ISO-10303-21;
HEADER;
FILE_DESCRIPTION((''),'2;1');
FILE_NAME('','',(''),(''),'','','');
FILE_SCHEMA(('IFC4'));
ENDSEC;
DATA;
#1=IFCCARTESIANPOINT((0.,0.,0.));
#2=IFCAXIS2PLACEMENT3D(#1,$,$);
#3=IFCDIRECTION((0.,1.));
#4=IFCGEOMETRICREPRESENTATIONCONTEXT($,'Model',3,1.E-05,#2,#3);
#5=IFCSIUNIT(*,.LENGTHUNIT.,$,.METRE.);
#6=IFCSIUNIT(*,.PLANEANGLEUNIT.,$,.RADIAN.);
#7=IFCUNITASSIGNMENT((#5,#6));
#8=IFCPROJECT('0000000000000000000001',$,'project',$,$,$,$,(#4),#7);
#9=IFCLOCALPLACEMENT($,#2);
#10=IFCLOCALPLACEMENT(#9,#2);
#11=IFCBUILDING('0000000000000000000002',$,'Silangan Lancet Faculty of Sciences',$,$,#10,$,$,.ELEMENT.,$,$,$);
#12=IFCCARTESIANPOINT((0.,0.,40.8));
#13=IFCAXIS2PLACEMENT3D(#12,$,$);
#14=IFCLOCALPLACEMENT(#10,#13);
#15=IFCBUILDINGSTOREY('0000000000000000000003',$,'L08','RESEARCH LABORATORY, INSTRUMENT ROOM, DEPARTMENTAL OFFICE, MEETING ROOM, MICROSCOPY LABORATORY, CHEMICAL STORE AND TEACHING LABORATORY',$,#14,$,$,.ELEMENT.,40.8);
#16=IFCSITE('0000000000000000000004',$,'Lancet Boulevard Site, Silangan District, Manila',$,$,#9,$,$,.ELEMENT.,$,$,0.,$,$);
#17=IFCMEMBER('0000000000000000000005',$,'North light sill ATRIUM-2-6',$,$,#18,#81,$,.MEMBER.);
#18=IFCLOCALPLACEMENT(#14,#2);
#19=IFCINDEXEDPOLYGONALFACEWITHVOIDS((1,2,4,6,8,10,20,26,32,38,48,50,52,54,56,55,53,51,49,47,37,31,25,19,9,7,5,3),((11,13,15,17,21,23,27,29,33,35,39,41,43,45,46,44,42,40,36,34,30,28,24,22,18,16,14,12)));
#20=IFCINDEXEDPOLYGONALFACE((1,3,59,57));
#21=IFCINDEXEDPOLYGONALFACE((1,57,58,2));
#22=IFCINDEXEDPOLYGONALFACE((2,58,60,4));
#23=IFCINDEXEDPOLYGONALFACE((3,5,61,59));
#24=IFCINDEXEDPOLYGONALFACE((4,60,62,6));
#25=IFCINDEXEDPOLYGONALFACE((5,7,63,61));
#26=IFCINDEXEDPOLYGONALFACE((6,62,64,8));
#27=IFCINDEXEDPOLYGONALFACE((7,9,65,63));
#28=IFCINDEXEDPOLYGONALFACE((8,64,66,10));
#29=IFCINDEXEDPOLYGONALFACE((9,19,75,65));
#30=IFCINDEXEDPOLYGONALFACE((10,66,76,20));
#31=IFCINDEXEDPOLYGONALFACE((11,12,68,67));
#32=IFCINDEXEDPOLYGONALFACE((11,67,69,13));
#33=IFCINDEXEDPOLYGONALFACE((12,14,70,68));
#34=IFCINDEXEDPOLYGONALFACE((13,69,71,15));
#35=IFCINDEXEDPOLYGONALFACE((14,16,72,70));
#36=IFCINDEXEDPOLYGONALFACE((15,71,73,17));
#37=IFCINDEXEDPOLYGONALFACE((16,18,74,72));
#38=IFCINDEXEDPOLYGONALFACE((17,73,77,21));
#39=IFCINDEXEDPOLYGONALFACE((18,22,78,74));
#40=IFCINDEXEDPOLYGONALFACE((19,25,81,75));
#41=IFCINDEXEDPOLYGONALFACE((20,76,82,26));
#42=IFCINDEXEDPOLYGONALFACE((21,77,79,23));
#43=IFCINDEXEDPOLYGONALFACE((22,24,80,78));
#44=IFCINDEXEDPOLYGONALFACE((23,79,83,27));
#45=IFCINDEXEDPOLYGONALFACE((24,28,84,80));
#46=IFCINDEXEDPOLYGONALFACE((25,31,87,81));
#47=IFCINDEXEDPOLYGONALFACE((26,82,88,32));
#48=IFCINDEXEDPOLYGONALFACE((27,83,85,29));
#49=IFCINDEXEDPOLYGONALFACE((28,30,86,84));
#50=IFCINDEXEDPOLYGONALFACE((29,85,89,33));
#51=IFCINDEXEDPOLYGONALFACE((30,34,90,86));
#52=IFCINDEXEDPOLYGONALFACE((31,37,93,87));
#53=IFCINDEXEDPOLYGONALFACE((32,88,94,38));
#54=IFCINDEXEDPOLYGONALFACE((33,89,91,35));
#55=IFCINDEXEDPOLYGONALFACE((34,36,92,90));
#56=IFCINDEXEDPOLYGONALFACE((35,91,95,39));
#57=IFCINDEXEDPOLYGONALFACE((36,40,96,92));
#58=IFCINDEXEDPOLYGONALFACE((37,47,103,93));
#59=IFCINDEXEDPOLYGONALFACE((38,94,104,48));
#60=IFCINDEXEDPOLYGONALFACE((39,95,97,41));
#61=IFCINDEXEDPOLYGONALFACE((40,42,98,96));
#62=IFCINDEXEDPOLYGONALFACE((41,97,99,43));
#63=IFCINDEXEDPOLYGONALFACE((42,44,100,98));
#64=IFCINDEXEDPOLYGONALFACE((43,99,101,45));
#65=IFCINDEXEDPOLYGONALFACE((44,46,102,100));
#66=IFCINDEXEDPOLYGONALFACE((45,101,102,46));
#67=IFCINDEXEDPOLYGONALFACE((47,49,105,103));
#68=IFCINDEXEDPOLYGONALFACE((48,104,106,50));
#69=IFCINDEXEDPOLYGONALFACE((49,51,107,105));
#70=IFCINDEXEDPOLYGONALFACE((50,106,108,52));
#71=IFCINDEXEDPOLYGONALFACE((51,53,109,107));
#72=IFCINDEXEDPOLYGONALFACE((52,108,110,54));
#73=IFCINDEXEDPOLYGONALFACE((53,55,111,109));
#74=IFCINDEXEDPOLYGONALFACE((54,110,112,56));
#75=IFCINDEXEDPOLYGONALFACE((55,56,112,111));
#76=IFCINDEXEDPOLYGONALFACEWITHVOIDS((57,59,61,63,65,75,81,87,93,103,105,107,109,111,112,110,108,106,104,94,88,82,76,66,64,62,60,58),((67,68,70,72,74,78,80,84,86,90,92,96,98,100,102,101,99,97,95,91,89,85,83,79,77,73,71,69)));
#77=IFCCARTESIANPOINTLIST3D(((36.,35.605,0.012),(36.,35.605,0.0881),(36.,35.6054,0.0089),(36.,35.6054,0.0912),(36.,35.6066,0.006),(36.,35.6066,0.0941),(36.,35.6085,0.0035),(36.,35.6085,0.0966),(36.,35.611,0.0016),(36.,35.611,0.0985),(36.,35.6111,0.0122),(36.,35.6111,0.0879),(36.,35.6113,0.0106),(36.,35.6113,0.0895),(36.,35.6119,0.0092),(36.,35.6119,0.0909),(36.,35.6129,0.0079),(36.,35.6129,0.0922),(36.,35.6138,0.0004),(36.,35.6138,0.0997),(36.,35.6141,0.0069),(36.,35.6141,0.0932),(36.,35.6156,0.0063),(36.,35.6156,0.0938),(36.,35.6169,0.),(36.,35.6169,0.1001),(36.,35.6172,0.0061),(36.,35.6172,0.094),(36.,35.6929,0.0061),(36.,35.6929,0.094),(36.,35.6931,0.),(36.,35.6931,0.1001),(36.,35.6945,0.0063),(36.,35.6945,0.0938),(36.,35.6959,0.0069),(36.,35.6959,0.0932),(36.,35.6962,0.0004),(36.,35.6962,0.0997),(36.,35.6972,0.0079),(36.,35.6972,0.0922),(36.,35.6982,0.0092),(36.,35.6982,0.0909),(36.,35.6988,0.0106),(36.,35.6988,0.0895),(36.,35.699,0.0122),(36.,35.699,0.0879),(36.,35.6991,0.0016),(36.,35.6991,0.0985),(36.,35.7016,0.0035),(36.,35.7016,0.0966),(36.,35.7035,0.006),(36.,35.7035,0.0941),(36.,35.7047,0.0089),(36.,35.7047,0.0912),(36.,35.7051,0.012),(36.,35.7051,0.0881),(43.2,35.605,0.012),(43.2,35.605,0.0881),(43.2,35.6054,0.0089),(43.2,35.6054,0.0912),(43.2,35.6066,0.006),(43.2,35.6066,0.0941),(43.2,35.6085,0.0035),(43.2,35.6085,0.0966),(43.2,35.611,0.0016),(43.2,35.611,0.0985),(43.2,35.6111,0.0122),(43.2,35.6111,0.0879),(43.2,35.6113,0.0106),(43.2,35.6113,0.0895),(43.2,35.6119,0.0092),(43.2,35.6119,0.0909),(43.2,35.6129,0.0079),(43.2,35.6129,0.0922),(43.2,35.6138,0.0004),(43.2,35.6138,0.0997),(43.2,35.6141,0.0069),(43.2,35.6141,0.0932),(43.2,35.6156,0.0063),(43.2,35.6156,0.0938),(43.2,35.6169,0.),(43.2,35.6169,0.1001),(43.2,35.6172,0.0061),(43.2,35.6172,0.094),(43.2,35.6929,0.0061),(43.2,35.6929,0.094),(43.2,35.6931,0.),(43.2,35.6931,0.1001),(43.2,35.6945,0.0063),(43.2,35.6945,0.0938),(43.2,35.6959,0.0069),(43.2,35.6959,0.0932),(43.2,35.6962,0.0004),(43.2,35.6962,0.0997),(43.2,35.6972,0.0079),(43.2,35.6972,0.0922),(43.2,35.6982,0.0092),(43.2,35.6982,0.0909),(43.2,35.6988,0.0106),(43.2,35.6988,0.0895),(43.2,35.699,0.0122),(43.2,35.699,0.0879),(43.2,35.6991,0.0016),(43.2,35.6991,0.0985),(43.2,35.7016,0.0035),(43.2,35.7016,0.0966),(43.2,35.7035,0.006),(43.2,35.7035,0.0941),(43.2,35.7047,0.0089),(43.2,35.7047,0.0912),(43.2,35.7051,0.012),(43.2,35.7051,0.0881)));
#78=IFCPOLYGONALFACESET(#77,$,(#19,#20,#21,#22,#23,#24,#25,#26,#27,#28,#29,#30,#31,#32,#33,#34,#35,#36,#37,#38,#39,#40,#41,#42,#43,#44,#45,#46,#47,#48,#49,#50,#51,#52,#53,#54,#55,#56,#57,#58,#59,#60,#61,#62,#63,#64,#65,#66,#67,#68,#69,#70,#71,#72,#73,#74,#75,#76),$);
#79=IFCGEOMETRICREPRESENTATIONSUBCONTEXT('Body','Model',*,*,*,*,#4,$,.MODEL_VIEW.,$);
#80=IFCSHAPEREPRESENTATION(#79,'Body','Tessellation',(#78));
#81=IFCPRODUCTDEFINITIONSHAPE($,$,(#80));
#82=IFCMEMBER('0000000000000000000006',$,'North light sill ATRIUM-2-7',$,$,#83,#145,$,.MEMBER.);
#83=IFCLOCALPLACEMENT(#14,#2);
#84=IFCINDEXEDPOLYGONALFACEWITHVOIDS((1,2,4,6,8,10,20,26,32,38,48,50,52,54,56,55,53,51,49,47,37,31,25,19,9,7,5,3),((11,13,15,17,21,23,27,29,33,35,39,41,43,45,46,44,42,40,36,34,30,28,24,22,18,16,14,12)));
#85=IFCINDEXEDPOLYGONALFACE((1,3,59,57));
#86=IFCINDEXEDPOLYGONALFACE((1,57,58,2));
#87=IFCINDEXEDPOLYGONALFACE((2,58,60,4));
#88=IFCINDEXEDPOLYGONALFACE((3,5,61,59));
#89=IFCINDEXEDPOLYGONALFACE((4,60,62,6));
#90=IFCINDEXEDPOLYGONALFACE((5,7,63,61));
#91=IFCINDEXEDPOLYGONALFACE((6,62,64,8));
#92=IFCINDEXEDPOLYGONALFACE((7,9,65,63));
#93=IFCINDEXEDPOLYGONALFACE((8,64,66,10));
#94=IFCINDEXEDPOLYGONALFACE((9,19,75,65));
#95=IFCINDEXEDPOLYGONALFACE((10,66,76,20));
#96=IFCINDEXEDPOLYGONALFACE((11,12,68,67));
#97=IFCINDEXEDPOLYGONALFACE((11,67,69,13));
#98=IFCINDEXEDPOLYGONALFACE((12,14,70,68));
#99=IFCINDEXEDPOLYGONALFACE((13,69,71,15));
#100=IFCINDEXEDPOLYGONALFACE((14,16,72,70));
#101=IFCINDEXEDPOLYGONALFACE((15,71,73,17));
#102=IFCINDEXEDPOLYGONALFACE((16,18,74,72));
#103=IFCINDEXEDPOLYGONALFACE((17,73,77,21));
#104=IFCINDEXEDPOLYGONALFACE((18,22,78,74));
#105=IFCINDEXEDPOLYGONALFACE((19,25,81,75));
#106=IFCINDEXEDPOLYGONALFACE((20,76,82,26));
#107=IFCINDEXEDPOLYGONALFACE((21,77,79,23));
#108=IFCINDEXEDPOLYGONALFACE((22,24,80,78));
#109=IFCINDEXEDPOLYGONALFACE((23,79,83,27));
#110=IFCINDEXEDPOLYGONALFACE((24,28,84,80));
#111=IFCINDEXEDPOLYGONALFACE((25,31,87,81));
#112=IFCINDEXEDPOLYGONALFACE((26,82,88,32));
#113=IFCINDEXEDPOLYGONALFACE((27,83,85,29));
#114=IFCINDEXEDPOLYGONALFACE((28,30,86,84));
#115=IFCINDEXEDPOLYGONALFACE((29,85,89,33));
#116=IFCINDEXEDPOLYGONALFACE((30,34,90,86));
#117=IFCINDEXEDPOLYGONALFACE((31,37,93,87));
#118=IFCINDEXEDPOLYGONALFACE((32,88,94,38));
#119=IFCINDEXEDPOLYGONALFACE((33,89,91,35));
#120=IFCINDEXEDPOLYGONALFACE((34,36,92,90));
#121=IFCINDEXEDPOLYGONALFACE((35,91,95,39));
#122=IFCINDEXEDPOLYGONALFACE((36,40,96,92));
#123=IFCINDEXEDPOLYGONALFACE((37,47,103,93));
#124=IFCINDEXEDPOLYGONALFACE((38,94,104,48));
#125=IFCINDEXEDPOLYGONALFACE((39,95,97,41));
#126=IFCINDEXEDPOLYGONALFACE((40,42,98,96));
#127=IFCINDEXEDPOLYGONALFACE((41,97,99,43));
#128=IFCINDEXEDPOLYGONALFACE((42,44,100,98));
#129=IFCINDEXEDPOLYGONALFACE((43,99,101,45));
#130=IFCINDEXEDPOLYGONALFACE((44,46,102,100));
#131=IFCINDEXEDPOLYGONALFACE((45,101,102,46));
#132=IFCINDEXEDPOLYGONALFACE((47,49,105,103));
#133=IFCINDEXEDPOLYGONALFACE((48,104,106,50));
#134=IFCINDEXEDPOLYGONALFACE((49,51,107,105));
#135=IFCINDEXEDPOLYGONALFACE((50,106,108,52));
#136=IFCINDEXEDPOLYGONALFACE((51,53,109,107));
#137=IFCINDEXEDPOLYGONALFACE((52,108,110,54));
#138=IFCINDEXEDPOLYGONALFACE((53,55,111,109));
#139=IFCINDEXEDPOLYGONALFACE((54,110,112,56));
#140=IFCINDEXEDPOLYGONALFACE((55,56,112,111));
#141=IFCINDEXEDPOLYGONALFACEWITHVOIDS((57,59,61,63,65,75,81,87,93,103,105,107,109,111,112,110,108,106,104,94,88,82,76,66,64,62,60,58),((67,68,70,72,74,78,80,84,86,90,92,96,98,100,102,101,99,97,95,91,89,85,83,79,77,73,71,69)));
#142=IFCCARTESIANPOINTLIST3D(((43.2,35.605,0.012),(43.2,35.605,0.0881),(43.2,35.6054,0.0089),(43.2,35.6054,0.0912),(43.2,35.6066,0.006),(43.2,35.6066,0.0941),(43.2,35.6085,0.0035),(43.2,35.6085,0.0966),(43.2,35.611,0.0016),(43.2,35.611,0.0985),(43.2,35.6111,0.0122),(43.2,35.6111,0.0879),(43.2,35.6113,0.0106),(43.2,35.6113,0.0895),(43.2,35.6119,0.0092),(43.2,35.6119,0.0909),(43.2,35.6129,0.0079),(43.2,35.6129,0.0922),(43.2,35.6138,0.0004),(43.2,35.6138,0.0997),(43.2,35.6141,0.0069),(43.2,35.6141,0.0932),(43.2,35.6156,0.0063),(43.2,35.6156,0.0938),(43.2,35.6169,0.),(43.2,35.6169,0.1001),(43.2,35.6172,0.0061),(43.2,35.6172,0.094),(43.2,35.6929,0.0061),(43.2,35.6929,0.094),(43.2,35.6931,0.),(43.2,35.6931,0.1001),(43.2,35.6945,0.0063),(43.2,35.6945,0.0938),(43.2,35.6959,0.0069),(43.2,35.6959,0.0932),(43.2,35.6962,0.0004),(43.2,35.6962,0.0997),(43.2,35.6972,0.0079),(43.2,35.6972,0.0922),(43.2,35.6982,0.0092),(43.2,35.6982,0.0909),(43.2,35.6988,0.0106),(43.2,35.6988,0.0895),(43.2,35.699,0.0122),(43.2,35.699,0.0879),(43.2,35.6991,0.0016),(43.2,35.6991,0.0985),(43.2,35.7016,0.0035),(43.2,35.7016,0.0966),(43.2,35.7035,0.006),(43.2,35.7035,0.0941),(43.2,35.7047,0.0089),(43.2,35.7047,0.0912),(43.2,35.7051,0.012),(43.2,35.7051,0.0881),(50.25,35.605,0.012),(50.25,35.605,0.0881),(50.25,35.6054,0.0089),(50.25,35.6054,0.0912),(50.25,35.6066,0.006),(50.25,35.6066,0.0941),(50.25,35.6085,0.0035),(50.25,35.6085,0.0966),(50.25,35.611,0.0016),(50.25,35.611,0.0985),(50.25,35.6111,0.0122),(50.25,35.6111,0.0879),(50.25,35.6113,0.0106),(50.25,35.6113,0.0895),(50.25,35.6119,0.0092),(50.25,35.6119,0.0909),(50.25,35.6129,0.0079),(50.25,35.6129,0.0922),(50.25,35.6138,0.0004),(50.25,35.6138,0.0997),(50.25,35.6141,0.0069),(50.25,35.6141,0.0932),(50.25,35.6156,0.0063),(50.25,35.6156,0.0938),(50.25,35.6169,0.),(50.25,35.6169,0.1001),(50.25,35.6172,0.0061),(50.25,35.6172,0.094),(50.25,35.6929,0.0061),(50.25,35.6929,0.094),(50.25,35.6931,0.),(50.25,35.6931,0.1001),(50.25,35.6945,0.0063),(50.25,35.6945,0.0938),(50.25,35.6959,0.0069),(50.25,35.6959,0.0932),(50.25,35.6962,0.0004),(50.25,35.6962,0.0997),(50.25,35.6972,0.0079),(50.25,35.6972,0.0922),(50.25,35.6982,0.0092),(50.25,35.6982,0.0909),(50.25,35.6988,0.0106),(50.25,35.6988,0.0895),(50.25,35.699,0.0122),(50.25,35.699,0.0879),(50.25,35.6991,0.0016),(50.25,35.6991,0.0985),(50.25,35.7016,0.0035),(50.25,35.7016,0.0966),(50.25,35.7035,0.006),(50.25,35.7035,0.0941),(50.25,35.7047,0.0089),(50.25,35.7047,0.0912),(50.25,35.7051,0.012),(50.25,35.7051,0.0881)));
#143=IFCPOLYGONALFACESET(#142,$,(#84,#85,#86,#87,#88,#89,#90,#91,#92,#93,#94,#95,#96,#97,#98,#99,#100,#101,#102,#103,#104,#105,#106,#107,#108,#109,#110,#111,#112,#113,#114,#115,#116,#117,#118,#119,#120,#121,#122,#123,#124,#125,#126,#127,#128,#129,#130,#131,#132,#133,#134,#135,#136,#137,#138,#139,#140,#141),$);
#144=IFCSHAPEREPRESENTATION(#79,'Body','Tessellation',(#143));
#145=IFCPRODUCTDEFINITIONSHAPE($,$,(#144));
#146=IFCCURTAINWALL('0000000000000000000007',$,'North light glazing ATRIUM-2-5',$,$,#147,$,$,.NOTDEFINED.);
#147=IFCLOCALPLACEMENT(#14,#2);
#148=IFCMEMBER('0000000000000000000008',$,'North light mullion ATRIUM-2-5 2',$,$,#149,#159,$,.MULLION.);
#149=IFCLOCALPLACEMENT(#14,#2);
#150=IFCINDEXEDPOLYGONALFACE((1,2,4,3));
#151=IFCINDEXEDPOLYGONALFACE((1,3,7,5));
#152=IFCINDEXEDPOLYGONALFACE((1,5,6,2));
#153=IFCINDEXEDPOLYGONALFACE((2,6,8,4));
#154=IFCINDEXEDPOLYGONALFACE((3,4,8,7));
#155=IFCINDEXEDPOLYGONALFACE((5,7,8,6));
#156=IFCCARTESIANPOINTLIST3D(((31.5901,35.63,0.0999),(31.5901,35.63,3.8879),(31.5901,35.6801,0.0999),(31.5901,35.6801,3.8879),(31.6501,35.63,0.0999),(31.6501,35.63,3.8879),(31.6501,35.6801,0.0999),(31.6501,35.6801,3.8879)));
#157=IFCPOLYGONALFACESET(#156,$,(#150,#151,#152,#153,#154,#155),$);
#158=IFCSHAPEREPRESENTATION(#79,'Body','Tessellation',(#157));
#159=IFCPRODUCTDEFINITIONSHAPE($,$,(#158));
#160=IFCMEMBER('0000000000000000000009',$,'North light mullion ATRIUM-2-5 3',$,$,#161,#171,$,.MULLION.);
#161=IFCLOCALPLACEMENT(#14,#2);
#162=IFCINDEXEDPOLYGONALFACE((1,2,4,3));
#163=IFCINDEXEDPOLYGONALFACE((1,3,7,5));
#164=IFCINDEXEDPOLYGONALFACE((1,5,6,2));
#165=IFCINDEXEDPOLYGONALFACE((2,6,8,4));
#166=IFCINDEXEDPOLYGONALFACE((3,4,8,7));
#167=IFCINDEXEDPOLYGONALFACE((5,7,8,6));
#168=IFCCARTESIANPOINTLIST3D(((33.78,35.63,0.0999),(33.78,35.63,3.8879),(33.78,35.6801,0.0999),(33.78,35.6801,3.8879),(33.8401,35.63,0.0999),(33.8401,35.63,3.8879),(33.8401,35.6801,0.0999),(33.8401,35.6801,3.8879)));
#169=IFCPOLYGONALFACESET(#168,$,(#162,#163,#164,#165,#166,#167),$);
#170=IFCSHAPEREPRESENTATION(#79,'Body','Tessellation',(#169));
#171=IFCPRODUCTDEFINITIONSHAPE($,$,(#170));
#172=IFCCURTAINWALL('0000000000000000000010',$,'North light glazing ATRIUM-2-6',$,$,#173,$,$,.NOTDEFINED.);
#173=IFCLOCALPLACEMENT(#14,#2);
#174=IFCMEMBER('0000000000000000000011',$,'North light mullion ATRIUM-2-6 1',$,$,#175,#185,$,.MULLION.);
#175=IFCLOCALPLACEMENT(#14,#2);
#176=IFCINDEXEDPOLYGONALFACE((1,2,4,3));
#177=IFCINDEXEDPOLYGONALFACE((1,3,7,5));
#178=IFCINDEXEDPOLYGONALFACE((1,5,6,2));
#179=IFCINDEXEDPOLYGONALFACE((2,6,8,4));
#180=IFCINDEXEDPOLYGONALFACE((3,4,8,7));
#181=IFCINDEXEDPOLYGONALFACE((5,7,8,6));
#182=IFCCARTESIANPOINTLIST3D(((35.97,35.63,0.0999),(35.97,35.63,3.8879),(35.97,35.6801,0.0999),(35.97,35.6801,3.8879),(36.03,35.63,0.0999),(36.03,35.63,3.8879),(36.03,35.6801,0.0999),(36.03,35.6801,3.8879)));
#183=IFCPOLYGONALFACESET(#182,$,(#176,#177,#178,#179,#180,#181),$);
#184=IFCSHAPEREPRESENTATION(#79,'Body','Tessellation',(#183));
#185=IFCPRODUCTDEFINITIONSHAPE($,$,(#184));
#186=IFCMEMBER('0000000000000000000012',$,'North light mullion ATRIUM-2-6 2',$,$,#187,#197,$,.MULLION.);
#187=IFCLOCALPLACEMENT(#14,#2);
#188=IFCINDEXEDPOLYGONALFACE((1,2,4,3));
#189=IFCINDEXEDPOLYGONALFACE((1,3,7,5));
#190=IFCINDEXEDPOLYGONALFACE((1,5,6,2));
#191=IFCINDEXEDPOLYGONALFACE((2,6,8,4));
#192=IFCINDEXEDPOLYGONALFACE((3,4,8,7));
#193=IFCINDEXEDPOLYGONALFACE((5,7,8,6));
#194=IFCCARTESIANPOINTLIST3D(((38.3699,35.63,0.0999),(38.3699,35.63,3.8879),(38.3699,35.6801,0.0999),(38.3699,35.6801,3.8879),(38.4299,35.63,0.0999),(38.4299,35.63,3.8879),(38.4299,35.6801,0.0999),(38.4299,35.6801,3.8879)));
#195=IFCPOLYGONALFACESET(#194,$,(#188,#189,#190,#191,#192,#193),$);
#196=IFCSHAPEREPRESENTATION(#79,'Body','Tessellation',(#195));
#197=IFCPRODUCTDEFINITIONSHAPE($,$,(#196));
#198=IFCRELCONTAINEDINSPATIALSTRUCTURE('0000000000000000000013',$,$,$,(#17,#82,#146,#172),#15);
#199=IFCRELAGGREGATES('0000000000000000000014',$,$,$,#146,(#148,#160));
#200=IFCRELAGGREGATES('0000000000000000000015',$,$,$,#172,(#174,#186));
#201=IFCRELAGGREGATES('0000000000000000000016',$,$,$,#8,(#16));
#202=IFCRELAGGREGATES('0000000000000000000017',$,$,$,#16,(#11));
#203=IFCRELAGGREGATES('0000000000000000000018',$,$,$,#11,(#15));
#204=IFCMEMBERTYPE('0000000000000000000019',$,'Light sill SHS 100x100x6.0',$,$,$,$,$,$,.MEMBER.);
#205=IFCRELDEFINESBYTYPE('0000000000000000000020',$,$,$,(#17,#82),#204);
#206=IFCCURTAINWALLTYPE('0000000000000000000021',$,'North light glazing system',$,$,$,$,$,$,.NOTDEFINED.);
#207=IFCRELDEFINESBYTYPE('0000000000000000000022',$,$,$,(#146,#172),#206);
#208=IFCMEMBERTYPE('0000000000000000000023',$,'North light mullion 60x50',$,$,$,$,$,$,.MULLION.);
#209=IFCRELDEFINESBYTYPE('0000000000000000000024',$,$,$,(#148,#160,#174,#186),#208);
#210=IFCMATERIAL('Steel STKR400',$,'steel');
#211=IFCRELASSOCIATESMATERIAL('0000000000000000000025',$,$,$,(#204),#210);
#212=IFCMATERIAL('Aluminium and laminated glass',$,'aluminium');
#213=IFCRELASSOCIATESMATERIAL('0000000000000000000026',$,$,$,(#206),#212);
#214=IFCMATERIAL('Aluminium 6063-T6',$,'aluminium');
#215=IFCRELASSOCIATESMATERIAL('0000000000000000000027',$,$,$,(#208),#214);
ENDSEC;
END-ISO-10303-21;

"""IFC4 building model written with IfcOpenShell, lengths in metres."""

from ifc_helpers import new_model, si_unit, direction, frame, origin, origin_2d, place, context, subcontext, project, spatial, rectangle, hollow_rectangle, extrude, material, material_profile, profile_set, type_object, element, aggregate, save


model = new_model("IFC4")

# Units and contexts
model_context = context("Model", 3, precision=1e-05, world=origin(), true_north=direction((0.0, 1.0)))
body_context = subcontext(model_context, "Body", "Model", "MODEL_VIEW")
ifc_project = project(units=[si_unit("LENGTHUNIT", "METRE"), si_unit("PLANEANGLEUNIT", "RADIAN")], contexts=[model_context])

# Site, building, storey
site_placement = place(None, origin())
site = spatial("IfcSite", under=ifc_project, at=site_placement, Name="Lancet Boulevard Site, Silangan District, Manila", CompositionType="ELEMENT", RefElevation=0.0)
building_placement = place(site_placement, origin())
building = spatial("IfcBuilding", under=site, at=building_placement, Name="Silangan Lancet Faculty of Sciences", CompositionType="ELEMENT")
storey_placement = place(building_placement, frame((0.0, 0.0, 40.8)))
storey = spatial("IfcBuildingStorey", under=building, at=storey_placement, Name="L08", Description="RESEARCH LABORATORY, INSTRUMENT ROOM, DEPARTMENTAL OFFICE, MEETING ROOM, MICROSCOPY LABORATORY, CHEMICAL STORE AND TEACHING LABORATORY", CompositionType="ELEMENT", Elevation=40.8)

# Members
ifc_material_1 = material(Name="Steel STKR400", Category="steel")
ifc_material_profile_1 = material_profile(ifc_material_1, hollow_rectangle(XDim=0.1001, YDim=0.1001, WallThickness=0.0061, InnerFilletRadius=0.0061, OuterFilletRadius=0.012, at=origin_2d()), Name="SHS 100x100x6.0")
ifc_profile_set_1 = profile_set([ifc_material_profile_1], Name="Steel STKR400")
member_type_1 = type_object("IfcMemberType", Name="Light sill SHS 100x100x6.0", PredefinedType="MEMBER", material=ifc_profile_set_1)
member_1_placement = place(storey_placement, frame((36.0, 35.655, 0.05), z_axis=(1.0, 0.0, 0.0), x_axis=(0.0, 1.0, 0.0)))
element("IfcMember", 1, at=member_1_placement, inside=storey, type_object=member_type_1, Name="North light sill ATRIUM-2-6", PredefinedType="MEMBER", context=body_context, shape_type="SweptSolid", body=[
    extrude(hollow_rectangle(XDim=0.1001, YDim=0.1001, WallThickness=0.0061, InnerFilletRadius=0.0061, OuterFilletRadius=0.012, at=origin_2d()), origin(), (0.0, 0.0, 1.0), 7.2),
])
member_2_placement = place(storey_placement, frame((43.2, 35.655, 0.05), z_axis=(1.0, 0.0, 0.0), x_axis=(0.0, 1.0, 0.0)))
element("IfcMember", 2, at=member_2_placement, inside=storey, type_object=member_type_1, Name="North light sill ATRIUM-2-7", PredefinedType="MEMBER", context=body_context, shape_type="SweptSolid", body=[
    extrude(hollow_rectangle(XDim=0.1001, YDim=0.1001, WallThickness=0.0061, InnerFilletRadius=0.0061, OuterFilletRadius=0.012, at=origin_2d()), origin(), (0.0, 0.0, 1.0), 7.05),
])

# Curtain walls, members
ifc_material_2 = material(Name="Aluminium and laminated glass", Category="aluminium")
curtain_wall_type = type_object("IfcCurtainWallType", Name="North light glazing system", PredefinedType="NOTDEFINED", material=ifc_material_2)
curtain_wall_1_placement = place(storey_placement, origin())
curtain_wall_1 = element("IfcCurtainWall", 3, at=curtain_wall_1_placement, inside=storey, type_object=curtain_wall_type, Name="North light glazing ATRIUM-2-5", PredefinedType="NOTDEFINED")
ifc_material_3 = material(Name="Aluminium 6063-T6", Category="aluminium")
ifc_material_profile_2 = material_profile(ifc_material_3, rectangle(XDim=0.0601, YDim=0.05, at=origin_2d()), Name="AL 60x50")
ifc_profile_set_2 = profile_set([ifc_material_profile_2], Name="Aluminium 6063-T6")
member_type_2 = type_object("IfcMemberType", Name="North light mullion 60x50", PredefinedType="MULLION", material=ifc_profile_set_2)
member_3_placement = place(storey_placement, frame((31.6201, 35.655, 0.0999), z_axis=(0.0, 0.0, 1.0), x_axis=(1.0, 0.0, 0.0)))
member_3 = element("IfcMember", 4, at=member_3_placement, type_object=member_type_2, Name="North light mullion ATRIUM-2-5 2", PredefinedType="MULLION", context=body_context, shape_type="SweptSolid", body=[
    extrude(rectangle(XDim=0.0601, YDim=0.05, at=origin_2d()), origin(), (0.0, 0.0, 1.0), 3.7881),
])
member_4_placement = place(storey_placement, frame((33.8101, 35.655, 0.0999), z_axis=(0.0, 0.0, 1.0), x_axis=(1.0, 0.0, 0.0)))
member_4 = element("IfcMember", 5, at=member_4_placement, type_object=member_type_2, Name="North light mullion ATRIUM-2-5 3", PredefinedType="MULLION", context=body_context, shape_type="SweptSolid", body=[
    extrude(rectangle(XDim=0.0601, YDim=0.05, at=origin_2d()), origin(), (0.0, 0.0, 1.0), 3.7881),
])
curtain_wall_2_placement = place(storey_placement, origin())
curtain_wall_2 = element("IfcCurtainWall", 6, at=curtain_wall_2_placement, inside=storey, type_object=curtain_wall_type, Name="North light glazing ATRIUM-2-6", PredefinedType="NOTDEFINED")
member_5_placement = place(storey_placement, frame((36.0, 35.655, 0.0999), z_axis=(0.0, 0.0, 1.0), x_axis=(1.0, 0.0, 0.0)))
member_5 = element("IfcMember", 7, at=member_5_placement, type_object=member_type_2, Name="North light mullion ATRIUM-2-6 1", PredefinedType="MULLION", context=body_context, shape_type="SweptSolid", body=[
    extrude(rectangle(XDim=0.0601, YDim=0.05, at=origin_2d()), origin(), (0.0, 0.0, 1.0), 3.7881),
])
member_6_placement = place(storey_placement, frame((38.3999, 35.655, 0.0999), z_axis=(0.0, 0.0, 1.0), x_axis=(1.0, 0.0, 0.0)))
member_6 = element("IfcMember", 8, at=member_6_placement, type_object=member_type_2, Name="North light mullion ATRIUM-2-6 2", PredefinedType="MULLION", context=body_context, shape_type="SweptSolid", body=[
    extrude(rectangle(XDim=0.0601, YDim=0.05, at=origin_2d()), origin(), (0.0, 0.0, 1.0), 3.7881),
])

aggregate(curtain_wall_1, [member_3, member_4])
aggregate(curtain_wall_2, [member_5, member_6])

save(model, "model.ifc")
